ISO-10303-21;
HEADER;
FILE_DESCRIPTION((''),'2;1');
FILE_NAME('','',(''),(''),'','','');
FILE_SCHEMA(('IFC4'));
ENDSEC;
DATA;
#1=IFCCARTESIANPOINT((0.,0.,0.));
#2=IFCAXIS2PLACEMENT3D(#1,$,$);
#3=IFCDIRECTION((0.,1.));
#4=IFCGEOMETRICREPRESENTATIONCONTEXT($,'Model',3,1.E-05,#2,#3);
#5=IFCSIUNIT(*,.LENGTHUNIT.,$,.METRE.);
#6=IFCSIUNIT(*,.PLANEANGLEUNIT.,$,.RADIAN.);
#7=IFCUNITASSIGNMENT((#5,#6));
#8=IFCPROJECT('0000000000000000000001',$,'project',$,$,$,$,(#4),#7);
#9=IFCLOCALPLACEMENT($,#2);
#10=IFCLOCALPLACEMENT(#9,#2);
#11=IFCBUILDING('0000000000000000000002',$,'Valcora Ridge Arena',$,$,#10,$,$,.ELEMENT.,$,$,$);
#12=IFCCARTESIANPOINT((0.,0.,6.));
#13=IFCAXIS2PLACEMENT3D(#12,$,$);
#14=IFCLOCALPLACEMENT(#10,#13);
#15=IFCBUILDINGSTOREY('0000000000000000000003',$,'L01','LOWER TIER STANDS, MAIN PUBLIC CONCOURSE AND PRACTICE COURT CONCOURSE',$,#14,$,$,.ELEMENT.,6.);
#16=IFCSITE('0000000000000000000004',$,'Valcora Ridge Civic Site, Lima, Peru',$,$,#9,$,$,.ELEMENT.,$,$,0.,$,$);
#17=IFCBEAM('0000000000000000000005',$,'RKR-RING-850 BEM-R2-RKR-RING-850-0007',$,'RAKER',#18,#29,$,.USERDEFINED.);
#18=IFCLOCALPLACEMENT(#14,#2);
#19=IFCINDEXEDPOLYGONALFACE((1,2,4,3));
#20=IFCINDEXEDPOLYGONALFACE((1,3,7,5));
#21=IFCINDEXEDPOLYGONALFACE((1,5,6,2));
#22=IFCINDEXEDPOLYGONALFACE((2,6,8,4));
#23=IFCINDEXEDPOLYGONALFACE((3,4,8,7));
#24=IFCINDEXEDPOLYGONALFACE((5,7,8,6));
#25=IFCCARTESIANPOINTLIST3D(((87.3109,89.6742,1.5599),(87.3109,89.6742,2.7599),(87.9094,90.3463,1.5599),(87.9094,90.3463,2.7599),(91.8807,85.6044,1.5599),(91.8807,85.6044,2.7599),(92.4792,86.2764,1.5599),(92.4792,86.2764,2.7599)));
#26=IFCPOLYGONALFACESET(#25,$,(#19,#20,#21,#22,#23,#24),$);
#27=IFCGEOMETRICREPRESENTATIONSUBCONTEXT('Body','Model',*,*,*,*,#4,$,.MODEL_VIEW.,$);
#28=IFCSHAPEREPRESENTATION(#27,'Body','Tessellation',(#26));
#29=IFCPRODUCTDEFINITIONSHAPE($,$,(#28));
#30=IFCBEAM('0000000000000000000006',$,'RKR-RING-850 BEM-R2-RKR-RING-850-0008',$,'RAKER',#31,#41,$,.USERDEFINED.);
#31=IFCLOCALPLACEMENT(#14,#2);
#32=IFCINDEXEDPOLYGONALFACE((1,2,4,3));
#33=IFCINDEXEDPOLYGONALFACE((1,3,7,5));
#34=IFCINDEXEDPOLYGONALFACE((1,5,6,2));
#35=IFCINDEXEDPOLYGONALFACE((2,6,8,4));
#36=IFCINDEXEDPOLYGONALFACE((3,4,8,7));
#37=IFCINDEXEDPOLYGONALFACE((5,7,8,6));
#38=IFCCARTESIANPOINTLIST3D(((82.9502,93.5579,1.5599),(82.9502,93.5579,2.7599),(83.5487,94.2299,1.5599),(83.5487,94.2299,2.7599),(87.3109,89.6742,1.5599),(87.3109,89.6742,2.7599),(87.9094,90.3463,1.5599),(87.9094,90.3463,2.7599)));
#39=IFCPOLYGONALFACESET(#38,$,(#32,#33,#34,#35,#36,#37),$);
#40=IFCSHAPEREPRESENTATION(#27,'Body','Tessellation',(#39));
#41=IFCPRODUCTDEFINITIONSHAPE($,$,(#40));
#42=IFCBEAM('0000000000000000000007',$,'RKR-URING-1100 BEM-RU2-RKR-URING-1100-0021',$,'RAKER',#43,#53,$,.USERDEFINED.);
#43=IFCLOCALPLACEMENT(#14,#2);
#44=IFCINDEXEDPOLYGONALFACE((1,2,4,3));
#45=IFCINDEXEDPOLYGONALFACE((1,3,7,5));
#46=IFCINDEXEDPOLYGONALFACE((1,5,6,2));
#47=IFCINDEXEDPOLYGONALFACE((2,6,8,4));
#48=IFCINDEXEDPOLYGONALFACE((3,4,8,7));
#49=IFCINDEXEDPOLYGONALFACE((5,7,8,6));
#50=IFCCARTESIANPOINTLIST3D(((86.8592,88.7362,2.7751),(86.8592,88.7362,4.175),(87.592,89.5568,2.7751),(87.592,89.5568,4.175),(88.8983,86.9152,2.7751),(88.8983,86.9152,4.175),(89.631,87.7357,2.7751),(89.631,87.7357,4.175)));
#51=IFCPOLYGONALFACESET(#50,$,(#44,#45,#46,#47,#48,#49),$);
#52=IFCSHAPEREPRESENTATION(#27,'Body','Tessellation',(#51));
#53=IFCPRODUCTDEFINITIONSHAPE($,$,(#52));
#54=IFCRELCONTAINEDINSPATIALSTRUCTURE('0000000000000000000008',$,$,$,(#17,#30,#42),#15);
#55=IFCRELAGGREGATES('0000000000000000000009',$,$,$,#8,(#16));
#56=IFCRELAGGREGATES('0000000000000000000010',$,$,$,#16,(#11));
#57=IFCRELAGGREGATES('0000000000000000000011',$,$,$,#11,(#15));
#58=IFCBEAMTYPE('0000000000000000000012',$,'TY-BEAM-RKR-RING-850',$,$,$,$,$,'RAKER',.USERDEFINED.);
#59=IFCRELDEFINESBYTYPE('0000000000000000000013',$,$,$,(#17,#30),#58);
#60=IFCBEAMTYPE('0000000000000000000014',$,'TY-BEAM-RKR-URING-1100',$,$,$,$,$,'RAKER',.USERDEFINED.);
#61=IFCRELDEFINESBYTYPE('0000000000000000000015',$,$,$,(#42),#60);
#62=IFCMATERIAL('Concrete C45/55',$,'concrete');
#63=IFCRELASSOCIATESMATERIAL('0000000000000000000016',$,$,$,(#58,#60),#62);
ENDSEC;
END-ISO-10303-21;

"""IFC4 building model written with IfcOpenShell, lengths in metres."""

from ifc_helpers import new_model, si_unit, direction, frame, origin, origin_2d, place, context, subcontext, project, spatial, rectangle, extrude, material, material_profile, profile_set, type_object, element, save


model = new_model("IFC4")

# Units and contexts
model_context = context("Model", 3, precision=1e-05, world=origin(), true_north=direction((0.0, 1.0)))
body_context = subcontext(model_context, "Body", "Model", "MODEL_VIEW")
ifc_project = project(units=[si_unit("LENGTHUNIT", "METRE"), si_unit("PLANEANGLEUNIT", "RADIAN")], contexts=[model_context])

# Site, building, storey
site_placement = place(None, origin())
site = spatial("IfcSite", under=ifc_project, at=site_placement, Name="Valcora Ridge Civic Site, Lima, Peru", CompositionType="ELEMENT", RefElevation=0.0)
building_placement = place(site_placement, origin())
building = spatial("IfcBuilding", under=site, at=building_placement, Name="Valcora Ridge Arena", CompositionType="ELEMENT")
storey_placement = place(building_placement, frame((0.0, 0.0, 6.0)))
storey = spatial("IfcBuildingStorey", under=building, at=storey_placement, Name="L01", Description="LOWER TIER STANDS, MAIN PUBLIC CONCOURSE AND PRACTICE COURT CONCOURSE", CompositionType="ELEMENT", Elevation=6.0)

# Beams
ifc_material_1 = material(Name="Concrete C45/55", Category="concrete")
ifc_material_profile_1 = material_profile(ifc_material_1, rectangle(XDim=0.8999, YDim=1.2, at=origin_2d()), Name="RC 900x1200")
ifc_profile_set_1 = profile_set([ifc_material_profile_1], Name="Concrete C45/55")
beam_type_1 = type_object("IfcBeamType", Name="TY-BEAM-RKR-RING-850", ElementType="RAKER", PredefinedType="USERDEFINED", material=ifc_profile_set_1)
beam_1_placement = place(storey_placement, frame((92.1799, 85.9404, 2.1599), z_axis=(-0.746779, 0.665072, 0.0), x_axis=(-0.665072, -0.746779, 0.0)))
element("IfcBeam", 1, at=beam_1_placement, inside=storey, type_object=beam_type_1, Name="RKR-RING-850 BEM-R2-RKR-RING-850-0007", ObjectType="RAKER", PredefinedType="USERDEFINED", context=body_context, shape_type="SweptSolid", body=[
    extrude(rectangle(XDim=0.8999, YDim=1.2, at=origin_2d()), origin(), (0.0, 0.0, 1.0), 6.1194),
])
beam_2_placement = place(storey_placement, frame((87.6101, 90.0103, 2.1599), z_axis=(-0.746775, 0.665077, 0.0), x_axis=(-0.665077, -0.746775, 0.0)))
element("IfcBeam", 2, at=beam_2_placement, inside=storey, type_object=beam_type_1, Name="RKR-RING-850 BEM-R2-RKR-RING-850-0008", ObjectType="RAKER", PredefinedType="USERDEFINED", context=body_context, shape_type="SweptSolid", body=[
    extrude(rectangle(XDim=0.8999, YDim=1.2, at=origin_2d()), origin(), (0.0, 0.0, 1.0), 5.8394),
])
ifc_material_profile_2 = material_profile(ifc_material_1, rectangle(XDim=1.1001, YDim=1.3999, at=origin_2d()), Name="RC 1100x1400")
ifc_profile_set_2 = profile_set([ifc_material_profile_2], Name="Concrete C45/55")
beam_type_2 = type_object("IfcBeamType", Name="TY-BEAM-RKR-URING-1100", ElementType="RAKER", PredefinedType="USERDEFINED", material=ifc_profile_set_2)
beam_3_placement = place(storey_placement, frame((89.2646, 87.3254, 3.4751), z_axis=(-0.745855, 0.666108, 0.0), x_axis=(-0.666108, -0.745855, 0.0)))
element("IfcBeam", 3, at=beam_3_placement, inside=storey, type_object=beam_type_2, Name="RKR-URING-1100 BEM-RU2-RKR-URING-1100-0021", ObjectType="RAKER", PredefinedType="USERDEFINED", context=body_context, shape_type="SweptSolid", body=[
    extrude(rectangle(XDim=1.1001, YDim=1.3999, at=origin_2d()), origin(), (0.0, 0.0, 1.0), 2.7339),
])

save(model, "model.ifc")
